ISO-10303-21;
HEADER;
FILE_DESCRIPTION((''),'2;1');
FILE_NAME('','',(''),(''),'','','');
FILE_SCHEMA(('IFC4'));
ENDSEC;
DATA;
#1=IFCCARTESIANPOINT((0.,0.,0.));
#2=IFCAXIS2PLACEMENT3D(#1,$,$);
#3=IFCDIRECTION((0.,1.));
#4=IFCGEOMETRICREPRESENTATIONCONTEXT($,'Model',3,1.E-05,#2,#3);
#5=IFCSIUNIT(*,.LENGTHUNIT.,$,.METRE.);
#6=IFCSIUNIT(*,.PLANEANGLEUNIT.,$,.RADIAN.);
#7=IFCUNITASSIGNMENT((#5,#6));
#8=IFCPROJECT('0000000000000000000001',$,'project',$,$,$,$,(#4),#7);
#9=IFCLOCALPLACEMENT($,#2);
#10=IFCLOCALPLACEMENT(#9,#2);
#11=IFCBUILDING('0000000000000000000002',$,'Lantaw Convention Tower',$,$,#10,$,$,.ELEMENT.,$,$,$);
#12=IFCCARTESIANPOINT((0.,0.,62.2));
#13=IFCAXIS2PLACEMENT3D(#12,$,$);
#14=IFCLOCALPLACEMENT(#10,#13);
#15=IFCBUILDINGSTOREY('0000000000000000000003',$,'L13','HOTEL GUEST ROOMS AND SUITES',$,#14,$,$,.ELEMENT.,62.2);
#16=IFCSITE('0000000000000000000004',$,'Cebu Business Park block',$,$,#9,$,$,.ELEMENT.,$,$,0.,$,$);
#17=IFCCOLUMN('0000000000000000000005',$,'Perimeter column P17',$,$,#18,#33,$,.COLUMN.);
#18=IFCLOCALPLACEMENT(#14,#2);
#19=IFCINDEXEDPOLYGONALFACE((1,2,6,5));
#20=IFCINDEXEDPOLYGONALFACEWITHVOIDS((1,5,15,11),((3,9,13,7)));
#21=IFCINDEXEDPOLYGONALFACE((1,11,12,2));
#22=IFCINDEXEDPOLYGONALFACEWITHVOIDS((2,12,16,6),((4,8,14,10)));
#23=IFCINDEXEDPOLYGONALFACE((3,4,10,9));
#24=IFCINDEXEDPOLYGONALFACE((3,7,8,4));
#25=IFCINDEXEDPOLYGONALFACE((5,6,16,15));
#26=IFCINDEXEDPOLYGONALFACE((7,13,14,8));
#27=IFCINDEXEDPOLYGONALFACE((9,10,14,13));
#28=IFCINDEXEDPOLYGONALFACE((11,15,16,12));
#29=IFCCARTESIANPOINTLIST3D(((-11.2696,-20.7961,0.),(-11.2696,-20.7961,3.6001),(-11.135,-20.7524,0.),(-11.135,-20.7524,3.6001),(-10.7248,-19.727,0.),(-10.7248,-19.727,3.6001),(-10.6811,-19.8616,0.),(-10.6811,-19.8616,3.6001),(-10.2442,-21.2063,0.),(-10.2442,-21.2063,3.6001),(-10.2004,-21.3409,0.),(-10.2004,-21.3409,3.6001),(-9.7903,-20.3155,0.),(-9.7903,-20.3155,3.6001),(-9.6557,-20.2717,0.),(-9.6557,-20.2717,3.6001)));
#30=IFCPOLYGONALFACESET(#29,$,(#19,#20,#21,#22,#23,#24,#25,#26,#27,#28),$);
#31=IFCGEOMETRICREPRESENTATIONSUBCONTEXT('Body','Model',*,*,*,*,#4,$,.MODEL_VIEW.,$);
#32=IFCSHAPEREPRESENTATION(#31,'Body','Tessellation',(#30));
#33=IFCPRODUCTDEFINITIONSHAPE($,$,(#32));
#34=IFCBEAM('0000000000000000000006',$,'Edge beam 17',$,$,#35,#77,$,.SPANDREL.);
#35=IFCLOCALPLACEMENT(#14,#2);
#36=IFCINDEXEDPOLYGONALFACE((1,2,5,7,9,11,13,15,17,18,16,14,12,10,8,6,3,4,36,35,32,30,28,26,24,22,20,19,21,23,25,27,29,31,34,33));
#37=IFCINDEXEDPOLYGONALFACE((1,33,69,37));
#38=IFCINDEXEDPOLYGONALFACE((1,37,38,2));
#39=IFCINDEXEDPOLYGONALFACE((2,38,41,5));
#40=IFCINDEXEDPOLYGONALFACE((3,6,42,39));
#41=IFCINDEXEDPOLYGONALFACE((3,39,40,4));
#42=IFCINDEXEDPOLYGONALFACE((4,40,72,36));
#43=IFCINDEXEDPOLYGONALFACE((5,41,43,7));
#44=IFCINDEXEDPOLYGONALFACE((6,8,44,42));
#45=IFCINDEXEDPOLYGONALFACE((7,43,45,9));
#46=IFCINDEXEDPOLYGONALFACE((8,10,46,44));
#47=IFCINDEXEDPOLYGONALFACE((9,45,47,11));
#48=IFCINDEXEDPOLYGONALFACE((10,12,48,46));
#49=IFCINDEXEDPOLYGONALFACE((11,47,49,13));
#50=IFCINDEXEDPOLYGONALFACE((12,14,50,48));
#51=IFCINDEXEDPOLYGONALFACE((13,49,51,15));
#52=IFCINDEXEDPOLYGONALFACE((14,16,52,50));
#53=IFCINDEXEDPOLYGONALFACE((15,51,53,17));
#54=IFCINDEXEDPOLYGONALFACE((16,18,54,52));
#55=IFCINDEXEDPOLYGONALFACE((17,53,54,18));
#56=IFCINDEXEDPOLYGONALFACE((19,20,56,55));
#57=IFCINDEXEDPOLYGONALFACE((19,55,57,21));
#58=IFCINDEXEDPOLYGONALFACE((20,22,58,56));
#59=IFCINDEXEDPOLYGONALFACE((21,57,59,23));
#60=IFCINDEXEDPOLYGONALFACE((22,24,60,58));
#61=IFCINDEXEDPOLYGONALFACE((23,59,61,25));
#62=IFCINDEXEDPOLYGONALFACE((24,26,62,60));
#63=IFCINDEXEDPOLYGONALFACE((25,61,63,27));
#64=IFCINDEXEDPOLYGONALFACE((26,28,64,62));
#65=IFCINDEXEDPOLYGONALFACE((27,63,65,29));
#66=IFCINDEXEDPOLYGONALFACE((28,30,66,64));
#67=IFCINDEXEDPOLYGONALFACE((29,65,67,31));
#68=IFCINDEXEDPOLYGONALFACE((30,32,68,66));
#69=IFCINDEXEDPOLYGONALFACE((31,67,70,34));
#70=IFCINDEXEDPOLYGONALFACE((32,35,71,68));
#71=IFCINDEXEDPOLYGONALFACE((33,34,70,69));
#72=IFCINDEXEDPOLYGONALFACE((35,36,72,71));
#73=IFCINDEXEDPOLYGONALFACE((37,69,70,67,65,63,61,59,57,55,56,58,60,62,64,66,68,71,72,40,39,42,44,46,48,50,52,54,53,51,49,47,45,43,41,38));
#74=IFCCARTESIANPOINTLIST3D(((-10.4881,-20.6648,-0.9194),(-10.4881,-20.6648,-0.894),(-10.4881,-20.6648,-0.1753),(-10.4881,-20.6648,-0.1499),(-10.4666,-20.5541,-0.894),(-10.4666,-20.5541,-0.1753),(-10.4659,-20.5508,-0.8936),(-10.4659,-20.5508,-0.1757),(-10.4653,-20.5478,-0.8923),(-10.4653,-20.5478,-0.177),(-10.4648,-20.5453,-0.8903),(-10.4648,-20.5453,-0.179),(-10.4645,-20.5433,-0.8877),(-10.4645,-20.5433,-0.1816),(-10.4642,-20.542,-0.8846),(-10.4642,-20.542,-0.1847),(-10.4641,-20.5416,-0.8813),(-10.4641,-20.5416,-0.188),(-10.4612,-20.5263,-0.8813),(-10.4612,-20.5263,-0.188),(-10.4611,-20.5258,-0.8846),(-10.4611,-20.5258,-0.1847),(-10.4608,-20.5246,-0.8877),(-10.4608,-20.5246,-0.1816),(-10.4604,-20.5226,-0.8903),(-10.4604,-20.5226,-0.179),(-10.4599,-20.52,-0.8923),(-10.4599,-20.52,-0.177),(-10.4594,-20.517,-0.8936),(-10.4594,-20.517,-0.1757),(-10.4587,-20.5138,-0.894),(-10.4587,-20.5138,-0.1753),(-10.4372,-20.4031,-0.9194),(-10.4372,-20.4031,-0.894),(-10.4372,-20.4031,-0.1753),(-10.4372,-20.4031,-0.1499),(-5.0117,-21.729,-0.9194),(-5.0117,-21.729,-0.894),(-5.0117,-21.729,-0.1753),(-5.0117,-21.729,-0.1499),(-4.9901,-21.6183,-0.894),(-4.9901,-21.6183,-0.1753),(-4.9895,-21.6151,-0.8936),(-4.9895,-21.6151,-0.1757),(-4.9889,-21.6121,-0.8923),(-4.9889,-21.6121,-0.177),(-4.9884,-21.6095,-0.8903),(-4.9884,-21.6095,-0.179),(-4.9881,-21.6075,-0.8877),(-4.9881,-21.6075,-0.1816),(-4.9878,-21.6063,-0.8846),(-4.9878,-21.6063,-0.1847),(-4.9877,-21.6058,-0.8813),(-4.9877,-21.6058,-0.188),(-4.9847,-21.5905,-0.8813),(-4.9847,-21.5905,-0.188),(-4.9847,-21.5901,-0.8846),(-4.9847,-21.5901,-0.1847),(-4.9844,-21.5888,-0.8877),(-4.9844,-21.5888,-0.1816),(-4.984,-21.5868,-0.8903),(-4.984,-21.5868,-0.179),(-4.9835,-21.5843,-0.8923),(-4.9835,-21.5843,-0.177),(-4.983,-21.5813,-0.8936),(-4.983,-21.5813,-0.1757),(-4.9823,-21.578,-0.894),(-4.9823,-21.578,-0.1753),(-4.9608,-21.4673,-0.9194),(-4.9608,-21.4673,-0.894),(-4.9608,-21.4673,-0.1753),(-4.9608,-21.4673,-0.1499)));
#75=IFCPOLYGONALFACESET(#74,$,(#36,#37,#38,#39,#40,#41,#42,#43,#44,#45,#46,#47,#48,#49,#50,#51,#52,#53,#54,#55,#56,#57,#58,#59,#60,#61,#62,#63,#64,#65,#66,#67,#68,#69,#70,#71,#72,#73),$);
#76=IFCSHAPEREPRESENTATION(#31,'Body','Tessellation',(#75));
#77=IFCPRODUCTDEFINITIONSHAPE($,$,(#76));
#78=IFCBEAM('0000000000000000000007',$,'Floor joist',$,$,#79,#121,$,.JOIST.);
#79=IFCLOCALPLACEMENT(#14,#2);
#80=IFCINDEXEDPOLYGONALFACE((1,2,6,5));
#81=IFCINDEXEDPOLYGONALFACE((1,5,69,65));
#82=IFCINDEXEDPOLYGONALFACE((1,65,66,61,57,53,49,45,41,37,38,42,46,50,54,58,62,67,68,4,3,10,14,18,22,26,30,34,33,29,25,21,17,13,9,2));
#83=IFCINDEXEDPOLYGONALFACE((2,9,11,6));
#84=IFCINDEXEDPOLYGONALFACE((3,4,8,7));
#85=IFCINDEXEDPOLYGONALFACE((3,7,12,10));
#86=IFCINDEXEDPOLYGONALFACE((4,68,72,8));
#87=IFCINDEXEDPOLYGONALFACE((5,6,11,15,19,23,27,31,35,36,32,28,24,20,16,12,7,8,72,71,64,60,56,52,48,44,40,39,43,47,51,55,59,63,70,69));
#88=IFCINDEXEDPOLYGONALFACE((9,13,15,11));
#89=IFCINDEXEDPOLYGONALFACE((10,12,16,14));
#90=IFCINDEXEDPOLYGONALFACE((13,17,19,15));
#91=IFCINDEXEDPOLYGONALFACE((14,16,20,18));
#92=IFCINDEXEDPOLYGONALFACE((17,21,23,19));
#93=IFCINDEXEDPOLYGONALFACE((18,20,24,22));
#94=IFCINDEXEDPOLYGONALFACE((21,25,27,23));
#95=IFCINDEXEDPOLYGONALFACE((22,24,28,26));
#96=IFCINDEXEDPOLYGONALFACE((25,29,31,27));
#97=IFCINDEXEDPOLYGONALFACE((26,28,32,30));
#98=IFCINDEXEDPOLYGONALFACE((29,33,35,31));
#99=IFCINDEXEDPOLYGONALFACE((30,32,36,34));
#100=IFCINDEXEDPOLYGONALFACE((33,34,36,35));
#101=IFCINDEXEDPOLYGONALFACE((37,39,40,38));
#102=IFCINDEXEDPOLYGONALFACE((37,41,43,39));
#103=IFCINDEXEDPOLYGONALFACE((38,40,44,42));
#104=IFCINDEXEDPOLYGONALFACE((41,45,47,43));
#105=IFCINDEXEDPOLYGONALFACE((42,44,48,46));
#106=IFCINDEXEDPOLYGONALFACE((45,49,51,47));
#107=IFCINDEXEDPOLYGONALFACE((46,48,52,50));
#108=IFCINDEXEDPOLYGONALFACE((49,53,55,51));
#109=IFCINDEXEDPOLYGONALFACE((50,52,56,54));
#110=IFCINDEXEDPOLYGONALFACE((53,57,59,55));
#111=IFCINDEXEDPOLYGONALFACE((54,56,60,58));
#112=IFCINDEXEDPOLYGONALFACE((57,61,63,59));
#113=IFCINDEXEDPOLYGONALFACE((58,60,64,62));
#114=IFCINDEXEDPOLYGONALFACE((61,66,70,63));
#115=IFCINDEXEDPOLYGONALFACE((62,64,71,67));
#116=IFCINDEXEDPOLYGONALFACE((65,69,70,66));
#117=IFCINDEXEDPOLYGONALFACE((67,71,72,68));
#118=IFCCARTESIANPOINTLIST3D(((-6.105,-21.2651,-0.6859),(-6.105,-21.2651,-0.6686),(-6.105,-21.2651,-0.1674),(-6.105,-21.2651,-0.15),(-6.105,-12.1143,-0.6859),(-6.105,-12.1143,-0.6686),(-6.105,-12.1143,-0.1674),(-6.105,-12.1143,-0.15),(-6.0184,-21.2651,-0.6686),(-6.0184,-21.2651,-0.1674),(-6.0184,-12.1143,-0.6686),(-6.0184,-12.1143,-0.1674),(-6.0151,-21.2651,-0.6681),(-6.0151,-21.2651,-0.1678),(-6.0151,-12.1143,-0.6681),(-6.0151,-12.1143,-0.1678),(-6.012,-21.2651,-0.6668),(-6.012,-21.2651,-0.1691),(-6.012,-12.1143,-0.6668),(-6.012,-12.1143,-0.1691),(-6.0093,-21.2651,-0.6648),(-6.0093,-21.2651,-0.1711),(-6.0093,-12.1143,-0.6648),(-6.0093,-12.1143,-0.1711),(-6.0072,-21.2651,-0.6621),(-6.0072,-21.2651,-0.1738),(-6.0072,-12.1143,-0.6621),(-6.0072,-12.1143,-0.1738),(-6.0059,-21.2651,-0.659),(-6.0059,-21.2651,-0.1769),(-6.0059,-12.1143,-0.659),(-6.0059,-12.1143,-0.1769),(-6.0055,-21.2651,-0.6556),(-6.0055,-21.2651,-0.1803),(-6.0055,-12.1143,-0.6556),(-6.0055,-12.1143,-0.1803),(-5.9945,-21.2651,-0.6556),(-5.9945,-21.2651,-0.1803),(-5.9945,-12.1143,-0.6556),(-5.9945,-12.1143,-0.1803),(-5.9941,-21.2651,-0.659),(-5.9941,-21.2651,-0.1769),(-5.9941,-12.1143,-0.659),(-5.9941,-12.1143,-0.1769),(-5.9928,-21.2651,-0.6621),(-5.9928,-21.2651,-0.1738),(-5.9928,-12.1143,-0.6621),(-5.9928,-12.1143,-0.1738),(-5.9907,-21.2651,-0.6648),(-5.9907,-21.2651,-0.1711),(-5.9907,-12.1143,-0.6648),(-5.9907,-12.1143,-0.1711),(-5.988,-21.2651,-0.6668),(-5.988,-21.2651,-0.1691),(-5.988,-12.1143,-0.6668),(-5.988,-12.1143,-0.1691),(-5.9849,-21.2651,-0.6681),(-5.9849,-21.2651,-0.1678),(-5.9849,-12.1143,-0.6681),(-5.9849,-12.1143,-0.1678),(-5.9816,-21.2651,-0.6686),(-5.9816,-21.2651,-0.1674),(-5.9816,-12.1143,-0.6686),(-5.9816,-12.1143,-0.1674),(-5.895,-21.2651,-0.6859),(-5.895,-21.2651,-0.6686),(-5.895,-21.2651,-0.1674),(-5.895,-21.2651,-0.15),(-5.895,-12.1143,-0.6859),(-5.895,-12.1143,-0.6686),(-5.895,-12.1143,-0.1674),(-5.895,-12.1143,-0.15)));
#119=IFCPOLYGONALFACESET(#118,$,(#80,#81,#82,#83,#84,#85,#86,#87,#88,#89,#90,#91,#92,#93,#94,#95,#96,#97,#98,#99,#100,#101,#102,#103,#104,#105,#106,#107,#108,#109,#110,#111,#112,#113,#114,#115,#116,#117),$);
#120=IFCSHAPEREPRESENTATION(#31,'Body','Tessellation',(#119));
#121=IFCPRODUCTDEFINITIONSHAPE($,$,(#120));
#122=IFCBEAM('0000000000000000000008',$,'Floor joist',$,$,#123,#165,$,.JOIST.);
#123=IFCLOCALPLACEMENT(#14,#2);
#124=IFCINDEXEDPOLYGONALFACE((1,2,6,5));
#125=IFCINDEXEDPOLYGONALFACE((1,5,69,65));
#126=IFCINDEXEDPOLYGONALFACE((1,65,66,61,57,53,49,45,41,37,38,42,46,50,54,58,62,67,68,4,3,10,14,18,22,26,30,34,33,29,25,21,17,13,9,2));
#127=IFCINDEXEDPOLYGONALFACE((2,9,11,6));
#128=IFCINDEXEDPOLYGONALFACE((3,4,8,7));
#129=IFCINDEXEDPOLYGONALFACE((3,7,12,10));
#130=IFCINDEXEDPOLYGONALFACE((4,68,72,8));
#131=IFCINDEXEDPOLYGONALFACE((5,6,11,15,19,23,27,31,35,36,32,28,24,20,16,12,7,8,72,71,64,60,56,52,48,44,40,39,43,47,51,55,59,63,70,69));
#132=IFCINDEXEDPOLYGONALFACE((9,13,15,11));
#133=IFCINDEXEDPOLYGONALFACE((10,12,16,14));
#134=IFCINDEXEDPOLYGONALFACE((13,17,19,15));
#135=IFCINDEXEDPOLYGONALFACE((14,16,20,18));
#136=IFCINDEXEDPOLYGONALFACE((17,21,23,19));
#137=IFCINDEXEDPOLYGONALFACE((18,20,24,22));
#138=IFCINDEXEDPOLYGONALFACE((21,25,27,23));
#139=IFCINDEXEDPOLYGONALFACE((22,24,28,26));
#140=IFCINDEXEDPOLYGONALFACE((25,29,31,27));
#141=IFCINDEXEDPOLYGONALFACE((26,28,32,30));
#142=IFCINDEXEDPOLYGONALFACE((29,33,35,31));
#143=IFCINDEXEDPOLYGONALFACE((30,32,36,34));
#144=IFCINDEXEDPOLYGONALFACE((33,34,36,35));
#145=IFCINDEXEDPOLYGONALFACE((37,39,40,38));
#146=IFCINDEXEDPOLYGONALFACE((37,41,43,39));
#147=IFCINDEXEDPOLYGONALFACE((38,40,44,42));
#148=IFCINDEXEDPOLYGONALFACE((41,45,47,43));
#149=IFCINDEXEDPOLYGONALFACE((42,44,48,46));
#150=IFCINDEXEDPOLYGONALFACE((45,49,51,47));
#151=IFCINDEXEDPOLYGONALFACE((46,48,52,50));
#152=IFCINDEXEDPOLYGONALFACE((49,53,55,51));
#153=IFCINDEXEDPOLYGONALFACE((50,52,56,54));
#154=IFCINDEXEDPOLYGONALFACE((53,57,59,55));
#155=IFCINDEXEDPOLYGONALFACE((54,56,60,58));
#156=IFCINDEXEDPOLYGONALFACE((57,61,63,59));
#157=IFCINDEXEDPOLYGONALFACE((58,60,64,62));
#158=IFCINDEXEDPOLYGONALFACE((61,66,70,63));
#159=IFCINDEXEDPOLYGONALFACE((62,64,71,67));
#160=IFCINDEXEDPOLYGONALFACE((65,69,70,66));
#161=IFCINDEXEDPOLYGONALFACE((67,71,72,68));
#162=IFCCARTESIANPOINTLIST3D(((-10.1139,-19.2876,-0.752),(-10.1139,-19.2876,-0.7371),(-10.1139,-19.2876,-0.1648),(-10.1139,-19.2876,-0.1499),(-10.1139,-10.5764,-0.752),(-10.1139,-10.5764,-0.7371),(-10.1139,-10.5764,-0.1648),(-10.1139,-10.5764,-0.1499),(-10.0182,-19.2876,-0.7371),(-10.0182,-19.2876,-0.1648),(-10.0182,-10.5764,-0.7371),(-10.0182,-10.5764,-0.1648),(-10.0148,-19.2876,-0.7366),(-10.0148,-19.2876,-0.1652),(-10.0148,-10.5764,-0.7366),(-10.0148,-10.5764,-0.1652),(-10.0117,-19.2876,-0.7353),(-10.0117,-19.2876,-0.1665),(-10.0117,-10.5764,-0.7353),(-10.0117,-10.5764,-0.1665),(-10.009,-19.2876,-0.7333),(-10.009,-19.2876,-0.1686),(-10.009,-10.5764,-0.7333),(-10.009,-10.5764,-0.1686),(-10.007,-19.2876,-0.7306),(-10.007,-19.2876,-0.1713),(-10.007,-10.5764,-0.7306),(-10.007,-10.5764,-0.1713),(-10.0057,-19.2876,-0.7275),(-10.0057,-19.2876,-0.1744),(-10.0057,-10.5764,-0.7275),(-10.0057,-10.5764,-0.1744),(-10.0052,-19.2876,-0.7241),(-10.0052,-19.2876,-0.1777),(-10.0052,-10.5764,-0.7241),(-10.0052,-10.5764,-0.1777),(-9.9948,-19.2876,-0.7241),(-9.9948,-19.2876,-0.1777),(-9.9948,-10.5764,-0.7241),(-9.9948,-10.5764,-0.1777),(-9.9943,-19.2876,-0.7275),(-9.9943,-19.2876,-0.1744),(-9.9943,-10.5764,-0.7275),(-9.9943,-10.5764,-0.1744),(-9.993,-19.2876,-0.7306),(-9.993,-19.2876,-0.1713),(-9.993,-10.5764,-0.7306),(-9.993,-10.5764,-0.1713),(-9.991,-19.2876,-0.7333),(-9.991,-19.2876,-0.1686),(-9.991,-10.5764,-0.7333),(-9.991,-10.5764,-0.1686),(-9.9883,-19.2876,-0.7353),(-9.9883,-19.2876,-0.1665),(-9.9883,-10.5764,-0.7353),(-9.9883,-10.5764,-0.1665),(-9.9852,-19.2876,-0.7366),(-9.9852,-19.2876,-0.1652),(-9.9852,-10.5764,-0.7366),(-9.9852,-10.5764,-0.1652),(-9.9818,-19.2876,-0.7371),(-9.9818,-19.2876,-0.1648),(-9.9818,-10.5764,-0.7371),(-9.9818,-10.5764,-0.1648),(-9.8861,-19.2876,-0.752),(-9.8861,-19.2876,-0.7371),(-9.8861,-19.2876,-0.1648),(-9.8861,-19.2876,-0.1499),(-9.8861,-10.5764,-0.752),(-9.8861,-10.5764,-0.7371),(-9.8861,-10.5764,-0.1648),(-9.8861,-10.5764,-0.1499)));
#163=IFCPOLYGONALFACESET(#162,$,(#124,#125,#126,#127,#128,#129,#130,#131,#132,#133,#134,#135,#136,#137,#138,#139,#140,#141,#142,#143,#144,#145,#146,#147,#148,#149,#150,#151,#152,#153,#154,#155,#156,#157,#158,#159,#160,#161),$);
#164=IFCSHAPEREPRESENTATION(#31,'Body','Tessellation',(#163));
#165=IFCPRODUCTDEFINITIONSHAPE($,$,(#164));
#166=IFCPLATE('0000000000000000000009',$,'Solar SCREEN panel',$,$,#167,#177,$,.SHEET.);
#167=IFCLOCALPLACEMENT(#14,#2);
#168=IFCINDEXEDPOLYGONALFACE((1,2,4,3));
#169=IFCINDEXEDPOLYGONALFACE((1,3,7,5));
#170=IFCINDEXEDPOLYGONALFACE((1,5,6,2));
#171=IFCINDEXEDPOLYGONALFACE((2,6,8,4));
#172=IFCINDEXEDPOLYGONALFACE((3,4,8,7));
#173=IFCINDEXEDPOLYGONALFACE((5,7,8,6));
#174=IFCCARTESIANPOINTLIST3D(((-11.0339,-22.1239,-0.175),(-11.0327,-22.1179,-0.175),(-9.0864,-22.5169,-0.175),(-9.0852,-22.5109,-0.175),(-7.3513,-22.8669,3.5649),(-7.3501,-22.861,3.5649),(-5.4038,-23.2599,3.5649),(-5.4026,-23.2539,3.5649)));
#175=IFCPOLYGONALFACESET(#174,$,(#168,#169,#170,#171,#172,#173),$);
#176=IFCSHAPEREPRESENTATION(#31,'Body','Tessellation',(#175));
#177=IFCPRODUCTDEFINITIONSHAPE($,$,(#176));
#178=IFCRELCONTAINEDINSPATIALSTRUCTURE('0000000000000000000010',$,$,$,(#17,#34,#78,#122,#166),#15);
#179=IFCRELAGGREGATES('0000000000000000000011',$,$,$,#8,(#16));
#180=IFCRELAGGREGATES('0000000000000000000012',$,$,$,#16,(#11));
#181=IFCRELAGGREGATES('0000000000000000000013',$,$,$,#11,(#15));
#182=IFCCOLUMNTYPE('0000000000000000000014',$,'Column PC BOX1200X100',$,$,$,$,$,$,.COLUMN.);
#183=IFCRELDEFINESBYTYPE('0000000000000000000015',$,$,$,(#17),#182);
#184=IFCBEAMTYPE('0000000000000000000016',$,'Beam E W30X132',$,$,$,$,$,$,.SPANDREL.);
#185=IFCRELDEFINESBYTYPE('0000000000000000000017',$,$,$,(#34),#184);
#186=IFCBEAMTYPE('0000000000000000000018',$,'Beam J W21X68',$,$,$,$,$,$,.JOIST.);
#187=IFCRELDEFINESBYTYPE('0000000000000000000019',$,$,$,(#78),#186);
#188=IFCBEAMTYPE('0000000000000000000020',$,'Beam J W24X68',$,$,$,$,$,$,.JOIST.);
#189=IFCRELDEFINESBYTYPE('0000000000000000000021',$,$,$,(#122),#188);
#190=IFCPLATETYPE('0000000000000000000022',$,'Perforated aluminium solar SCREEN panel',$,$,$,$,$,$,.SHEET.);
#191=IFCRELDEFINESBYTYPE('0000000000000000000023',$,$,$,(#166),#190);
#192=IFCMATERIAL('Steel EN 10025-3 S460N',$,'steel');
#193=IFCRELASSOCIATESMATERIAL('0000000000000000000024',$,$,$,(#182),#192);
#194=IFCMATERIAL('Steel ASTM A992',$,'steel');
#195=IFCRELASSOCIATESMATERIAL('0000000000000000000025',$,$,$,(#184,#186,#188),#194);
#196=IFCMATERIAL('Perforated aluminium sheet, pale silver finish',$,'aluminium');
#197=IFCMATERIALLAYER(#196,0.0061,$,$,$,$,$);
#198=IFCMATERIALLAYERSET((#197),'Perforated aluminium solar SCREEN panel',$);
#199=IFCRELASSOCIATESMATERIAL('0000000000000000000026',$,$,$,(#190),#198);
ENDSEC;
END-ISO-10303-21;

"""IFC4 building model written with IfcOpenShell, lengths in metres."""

from ifc_helpers import new_model, si_unit, direction, frame, origin, origin_2d, place, context, subcontext, project, spatial, polyline, rectangle, hollow_rectangle, i_section, outline, extrude, material, layer, layer_set, material_profile, profile_set, type_object, element, save


model = new_model("IFC4")

# Units and contexts
model_context = context("Model", 3, precision=1e-05, world=origin(), true_north=direction((0.0, 1.0)))
body_context = subcontext(model_context, "Body", "Model", "MODEL_VIEW")
ifc_project = project(units=[si_unit("LENGTHUNIT", "METRE"), si_unit("PLANEANGLEUNIT", "RADIAN")], contexts=[model_context])

# Site, building, storey
site_placement = place(None, origin())
site = spatial("IfcSite", under=ifc_project, at=site_placement, Name="Cebu Business Park block", CompositionType="ELEMENT", RefElevation=0.0)
building_placement = place(site_placement, origin())
building = spatial("IfcBuilding", under=site, at=building_placement, Name="Lantaw Convention Tower", CompositionType="ELEMENT")
storey_placement = place(building_placement, frame((0.0, 0.0, 62.2)))
storey = spatial("IfcBuildingStorey", under=building, at=storey_placement, Name="L13", Description="HOTEL GUEST ROOMS AND SUITES", CompositionType="ELEMENT", Elevation=62.2)

# Column
ifc_material_1 = material(Name="Steel EN 10025-3 S460N", Category="steel")
ifc_material_profile_1 = material_profile(ifc_material_1, hollow_rectangle(XDim=1.2, YDim=1.2, WallThickness=0.1001, at=origin_2d()), Name="BOX1200X100")
ifc_material_2 = material(Name="Concrete C60/75", Category="concrete")
ifc_material_profile_2 = material_profile(ifc_material_2, rectangle(XDim=1.0, YDim=1.0, at=origin_2d()), Name="Concrete fill of BOX1200X100")
ifc_profile_set_1 = profile_set([ifc_material_profile_1, ifc_material_profile_2], Name="Steel EN 10025-3 S460N")
column_type = type_object("IfcColumnType", Name="Column PC BOX1200X100", PredefinedType="COLUMN", material=ifc_profile_set_1)
column_placement = place(storey_placement, frame((-10.4626, -20.5339, 0.0), z_axis=(0.0, 0.0, 1.0), x_axis=(0.45399, 0.891007, 0.0)))
element("IfcColumn", 1, at=column_placement, inside=storey, type_object=column_type, Name="Perimeter column P17", PredefinedType="COLUMN", context=body_context, shape_type="SweptSolid", body=[
    extrude(hollow_rectangle(XDim=1.2, YDim=1.2, WallThickness=0.1001, at=origin_2d()), origin(), (0.0, 0.0, 1.0), 3.6001),
])

# Beams
ifc_material_3 = material(Name="Steel ASTM A992", Category="steel")
ifc_material_profile_3 = material_profile(ifc_material_3, i_section(OverallWidth=0.2666, OverallDepth=0.7695, WebThickness=0.0156, FlangeThickness=0.0254, FilletRadius=0.0127, at=origin_2d()), Name="W30X132")
ifc_profile_set_2 = profile_set([ifc_material_profile_3], Name="Steel ASTM A992")
beam_type_1 = type_object("IfcBeamType", Name="Beam E W30X132", PredefinedType="SPANDREL", material=ifc_profile_set_2)
beam_1_placement = place(storey_placement, frame((-10.4626, -20.5339, -0.5347), z_axis=(0.981637, -0.190761, 0.0), x_axis=(0.190761, 0.981637, 0.0)))
element("IfcBeam", 2, at=beam_1_placement, inside=storey, type_object=beam_type_1, Name="Edge beam 17", PredefinedType="SPANDREL", context=body_context, shape_type="SweptSolid", body=[
    extrude(i_section(OverallWidth=0.2666, OverallDepth=0.7695, WebThickness=0.0156, FlangeThickness=0.0254, FilletRadius=0.0127, at=origin_2d()), origin(), (0.0, 0.0, 1.0), 5.5789),
])
ifc_material_profile_4 = material_profile(ifc_material_3, i_section(OverallWidth=0.21, OverallDepth=0.5359, WebThickness=0.011, FlangeThickness=0.0173, FilletRadius=0.0129, at=origin_2d()), Name="W21X68")
ifc_profile_set_3 = profile_set([ifc_material_profile_4], Name="Steel ASTM A992")
beam_type_2 = type_object("IfcBeamType", Name="Beam J W21X68", PredefinedType="JOIST", material=ifc_profile_set_3)
beam_2_placement = place(storey_placement, frame((-6.0, -21.2651, -0.418), z_axis=(0.0, 1.0, 0.0), x_axis=(-1.0, 0.0, 0.0)))
element("IfcBeam", 3, at=beam_2_placement, inside=storey, type_object=beam_type_2, Name="Floor joist", PredefinedType="JOIST", context=body_context, shape_type="SweptSolid", body=[
    extrude(i_section(OverallWidth=0.21, OverallDepth=0.5359, WebThickness=0.011, FlangeThickness=0.0173, FilletRadius=0.0129, at=origin_2d()), origin(), (0.0, 0.0, 1.0), 9.1509),
])
ifc_material_profile_5 = material_profile(ifc_material_3, i_section(OverallWidth=0.2278, OverallDepth=0.6021, WebThickness=0.0105, FlangeThickness=0.0149, FilletRadius=0.0129, at=origin_2d()), Name="W24X68")
ifc_profile_set_4 = profile_set([ifc_material_profile_5], Name="Steel ASTM A992")
beam_type_3 = type_object("IfcBeamType", Name="Beam J W24X68", PredefinedType="JOIST", material=ifc_profile_set_4)
beam_3_placement = place(storey_placement, frame((-10.0, -19.2876, -0.4509), z_axis=(0.0, 1.0, 0.0), x_axis=(-1.0, 0.0, 0.0)))
element("IfcBeam", 4, at=beam_3_placement, inside=storey, type_object=beam_type_3, Name="Floor joist", PredefinedType="JOIST", context=body_context, shape_type="SweptSolid", body=[
    extrude(i_section(OverallWidth=0.2278, OverallDepth=0.6021, WebThickness=0.0105, FlangeThickness=0.0149, FilletRadius=0.0129, at=origin_2d()), origin(), (0.0, 0.0, 1.0), 8.7112),
])

# Plate
ifc_material_4 = material(Name="Perforated aluminium sheet, pale silver finish", Category="aluminium")
ifc_layer_1 = layer(ifc_material_4, 0.0061)
ifc_layer_set_1 = layer_set([ifc_layer_1], Name="Perforated aluminium solar SCREEN panel")
plate_type = type_object("IfcPlateType", Name="Perforated aluminium solar SCREEN panel", PredefinedType="SHEET", material=ifc_layer_set_1)
plate_placement = place(storey_placement, frame((-11.0327, -22.1179, -0.175), z_axis=(0.197782, 0.980246, 0.000002), x_axis=(0.980246, -0.197782, 0.0)))
element("IfcPlate", 5, at=plate_placement, inside=storey, type_object=plate_type, Name="Solar SCREEN panel", PredefinedType="SHEET", context=body_context, shape_type="SweptSolid", body=[
    extrude(outline(polyline([(0.0, 0.0), (1.9868, 0.0), (5.7436, -3.74), (3.7569, -3.74), (0.0, 0.0)])), origin(), (0.0, 0.0, -1.0), 0.0061),
])

save(model, "model.ifc")
